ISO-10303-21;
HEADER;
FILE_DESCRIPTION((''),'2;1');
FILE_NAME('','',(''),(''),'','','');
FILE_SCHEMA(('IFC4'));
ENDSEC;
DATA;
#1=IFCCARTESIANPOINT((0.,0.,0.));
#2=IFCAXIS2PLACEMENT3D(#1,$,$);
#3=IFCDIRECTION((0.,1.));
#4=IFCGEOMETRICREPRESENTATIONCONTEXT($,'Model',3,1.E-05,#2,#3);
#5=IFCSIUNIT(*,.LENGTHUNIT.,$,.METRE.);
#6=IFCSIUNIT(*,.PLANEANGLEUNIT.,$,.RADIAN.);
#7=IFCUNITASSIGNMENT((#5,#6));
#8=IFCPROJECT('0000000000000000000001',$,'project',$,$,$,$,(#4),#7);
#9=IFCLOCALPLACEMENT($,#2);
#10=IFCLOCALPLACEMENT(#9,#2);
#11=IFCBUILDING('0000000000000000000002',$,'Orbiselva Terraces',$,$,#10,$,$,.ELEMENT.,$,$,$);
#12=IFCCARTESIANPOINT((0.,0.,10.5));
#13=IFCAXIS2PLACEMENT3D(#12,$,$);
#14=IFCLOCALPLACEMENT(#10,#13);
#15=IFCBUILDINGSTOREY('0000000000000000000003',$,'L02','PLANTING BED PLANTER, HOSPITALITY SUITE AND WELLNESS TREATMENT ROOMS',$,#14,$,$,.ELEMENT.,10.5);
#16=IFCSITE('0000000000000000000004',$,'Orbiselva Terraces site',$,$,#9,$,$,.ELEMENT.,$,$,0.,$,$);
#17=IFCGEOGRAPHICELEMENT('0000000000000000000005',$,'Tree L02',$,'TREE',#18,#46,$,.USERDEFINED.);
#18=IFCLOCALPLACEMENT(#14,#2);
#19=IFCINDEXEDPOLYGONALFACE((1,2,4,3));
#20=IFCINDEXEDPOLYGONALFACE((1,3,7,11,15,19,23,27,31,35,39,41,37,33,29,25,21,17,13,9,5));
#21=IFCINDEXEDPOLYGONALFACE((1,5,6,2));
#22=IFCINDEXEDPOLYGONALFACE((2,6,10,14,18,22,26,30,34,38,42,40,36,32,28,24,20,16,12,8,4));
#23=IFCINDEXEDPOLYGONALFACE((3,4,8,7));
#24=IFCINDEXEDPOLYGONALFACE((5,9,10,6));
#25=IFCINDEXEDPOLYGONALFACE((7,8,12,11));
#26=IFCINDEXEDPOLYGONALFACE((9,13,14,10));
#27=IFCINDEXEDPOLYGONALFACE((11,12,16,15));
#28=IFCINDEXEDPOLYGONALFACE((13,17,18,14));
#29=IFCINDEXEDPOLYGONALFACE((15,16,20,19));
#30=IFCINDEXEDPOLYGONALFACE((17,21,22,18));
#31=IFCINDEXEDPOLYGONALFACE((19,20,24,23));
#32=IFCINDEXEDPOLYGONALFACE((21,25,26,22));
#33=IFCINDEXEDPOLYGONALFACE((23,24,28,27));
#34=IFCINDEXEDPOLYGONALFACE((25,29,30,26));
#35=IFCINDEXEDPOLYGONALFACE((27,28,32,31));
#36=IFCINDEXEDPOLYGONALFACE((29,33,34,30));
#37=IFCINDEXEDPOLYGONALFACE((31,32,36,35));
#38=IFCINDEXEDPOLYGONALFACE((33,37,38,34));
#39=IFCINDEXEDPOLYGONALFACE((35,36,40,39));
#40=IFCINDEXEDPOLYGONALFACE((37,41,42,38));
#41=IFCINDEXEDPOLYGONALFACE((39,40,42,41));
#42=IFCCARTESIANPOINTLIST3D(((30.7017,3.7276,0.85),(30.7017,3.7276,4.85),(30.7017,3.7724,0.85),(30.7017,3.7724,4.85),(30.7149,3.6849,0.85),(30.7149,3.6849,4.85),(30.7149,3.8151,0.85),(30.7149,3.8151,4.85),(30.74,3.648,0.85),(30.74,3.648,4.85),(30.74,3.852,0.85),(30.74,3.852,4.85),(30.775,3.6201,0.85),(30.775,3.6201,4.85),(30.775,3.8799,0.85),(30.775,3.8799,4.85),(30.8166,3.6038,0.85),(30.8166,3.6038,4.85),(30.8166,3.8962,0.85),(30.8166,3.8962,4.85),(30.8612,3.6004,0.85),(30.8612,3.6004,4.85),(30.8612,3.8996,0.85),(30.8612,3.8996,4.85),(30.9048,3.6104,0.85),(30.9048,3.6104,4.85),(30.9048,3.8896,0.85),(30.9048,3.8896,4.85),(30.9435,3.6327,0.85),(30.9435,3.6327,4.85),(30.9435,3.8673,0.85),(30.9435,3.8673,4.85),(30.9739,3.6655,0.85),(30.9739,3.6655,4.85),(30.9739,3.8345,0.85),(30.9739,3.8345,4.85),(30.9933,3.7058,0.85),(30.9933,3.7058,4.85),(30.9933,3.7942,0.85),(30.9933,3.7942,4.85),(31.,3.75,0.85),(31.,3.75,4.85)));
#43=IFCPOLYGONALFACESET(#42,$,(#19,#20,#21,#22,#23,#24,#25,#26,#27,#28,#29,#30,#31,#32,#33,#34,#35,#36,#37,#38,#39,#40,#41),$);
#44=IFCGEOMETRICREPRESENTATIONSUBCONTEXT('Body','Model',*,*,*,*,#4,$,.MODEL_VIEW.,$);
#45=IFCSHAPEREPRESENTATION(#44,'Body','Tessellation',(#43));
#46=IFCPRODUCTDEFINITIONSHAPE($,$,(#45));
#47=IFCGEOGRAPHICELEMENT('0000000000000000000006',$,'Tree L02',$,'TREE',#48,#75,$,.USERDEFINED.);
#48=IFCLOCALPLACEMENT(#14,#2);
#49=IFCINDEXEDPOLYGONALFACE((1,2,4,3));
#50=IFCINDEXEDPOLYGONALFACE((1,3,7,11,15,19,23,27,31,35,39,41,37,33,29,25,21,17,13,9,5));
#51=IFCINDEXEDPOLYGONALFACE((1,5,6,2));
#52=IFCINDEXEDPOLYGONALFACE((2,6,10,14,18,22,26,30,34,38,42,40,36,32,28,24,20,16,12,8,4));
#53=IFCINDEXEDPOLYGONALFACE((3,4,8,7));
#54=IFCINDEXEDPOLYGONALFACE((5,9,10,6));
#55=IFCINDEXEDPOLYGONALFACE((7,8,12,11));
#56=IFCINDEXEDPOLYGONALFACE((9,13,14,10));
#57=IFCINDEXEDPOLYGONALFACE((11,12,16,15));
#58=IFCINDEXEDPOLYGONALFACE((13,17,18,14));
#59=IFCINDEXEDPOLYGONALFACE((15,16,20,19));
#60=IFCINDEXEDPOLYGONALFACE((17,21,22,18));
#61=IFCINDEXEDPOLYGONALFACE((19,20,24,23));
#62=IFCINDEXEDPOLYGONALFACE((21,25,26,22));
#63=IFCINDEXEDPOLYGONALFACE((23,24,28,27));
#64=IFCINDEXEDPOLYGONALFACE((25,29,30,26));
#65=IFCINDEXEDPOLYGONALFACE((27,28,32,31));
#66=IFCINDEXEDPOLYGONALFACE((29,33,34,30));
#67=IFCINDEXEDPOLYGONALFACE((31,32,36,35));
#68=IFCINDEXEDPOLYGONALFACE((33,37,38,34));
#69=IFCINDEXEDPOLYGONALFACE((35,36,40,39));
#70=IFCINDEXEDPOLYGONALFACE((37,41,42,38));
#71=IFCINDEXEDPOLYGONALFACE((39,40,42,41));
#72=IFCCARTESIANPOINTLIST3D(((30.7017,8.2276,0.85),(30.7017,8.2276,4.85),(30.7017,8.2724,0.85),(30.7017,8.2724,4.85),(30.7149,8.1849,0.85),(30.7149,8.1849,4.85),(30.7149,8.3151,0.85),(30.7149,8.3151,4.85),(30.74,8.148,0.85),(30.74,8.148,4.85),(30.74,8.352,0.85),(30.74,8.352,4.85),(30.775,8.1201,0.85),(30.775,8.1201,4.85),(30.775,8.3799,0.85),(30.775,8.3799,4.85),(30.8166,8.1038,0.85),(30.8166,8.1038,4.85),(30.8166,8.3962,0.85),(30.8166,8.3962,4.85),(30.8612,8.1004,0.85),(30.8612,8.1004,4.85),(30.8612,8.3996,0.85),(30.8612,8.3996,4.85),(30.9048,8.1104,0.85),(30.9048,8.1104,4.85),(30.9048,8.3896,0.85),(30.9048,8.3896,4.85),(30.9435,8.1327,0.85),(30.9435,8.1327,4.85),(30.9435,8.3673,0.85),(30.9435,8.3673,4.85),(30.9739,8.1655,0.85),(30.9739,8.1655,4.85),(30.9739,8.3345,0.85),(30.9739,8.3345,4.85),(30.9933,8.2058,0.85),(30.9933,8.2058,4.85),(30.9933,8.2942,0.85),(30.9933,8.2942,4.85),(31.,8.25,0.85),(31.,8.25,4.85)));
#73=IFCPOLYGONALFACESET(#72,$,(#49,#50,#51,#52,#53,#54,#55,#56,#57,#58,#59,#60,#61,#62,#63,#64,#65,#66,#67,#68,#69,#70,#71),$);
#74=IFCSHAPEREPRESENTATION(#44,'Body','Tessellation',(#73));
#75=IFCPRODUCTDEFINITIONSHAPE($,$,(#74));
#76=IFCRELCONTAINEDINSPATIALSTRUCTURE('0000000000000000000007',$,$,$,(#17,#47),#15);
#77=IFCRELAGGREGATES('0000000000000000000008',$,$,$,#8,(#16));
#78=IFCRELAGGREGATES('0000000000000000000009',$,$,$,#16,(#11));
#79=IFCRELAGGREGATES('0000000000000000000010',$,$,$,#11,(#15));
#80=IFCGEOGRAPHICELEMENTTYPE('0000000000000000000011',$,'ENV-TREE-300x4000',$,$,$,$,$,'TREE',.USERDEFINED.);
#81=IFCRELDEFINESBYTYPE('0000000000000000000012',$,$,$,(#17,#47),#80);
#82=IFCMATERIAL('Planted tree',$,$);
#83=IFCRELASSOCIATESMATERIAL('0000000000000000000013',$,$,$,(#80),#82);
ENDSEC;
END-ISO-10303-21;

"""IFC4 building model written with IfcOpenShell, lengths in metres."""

from ifc_helpers import new_model, si_unit, direction, frame, origin, origin_2d, place, context, subcontext, project, spatial, circle, extrude, material, type_object, element, save


model = new_model("IFC4")

# Units and contexts
model_context = context("Model", 3, precision=1e-05, world=origin(), true_north=direction((0.0, 1.0)))
body_context = subcontext(model_context, "Body", "Model", "MODEL_VIEW")
ifc_project = project(units=[si_unit("LENGTHUNIT", "METRE"), si_unit("PLANEANGLEUNIT", "RADIAN")], contexts=[model_context])

# Site, building, storey
site_placement = place(None, origin())
site = spatial("IfcSite", under=ifc_project, at=site_placement, Name="Orbiselva Terraces site", CompositionType="ELEMENT", RefElevation=0.0)
building_placement = place(site_placement, origin())
building = spatial("IfcBuilding", under=site, at=building_placement, Name="Orbiselva Terraces", CompositionType="ELEMENT")
storey_placement = place(building_placement, frame((0.0, 0.0, 10.5)))
storey = spatial("IfcBuildingStorey", under=building, at=storey_placement, Name="L02", Description="PLANTING BED PLANTER, HOSPITALITY SUITE AND WELLNESS TREATMENT ROOMS", CompositionType="ELEMENT", Elevation=10.5)

# Geographic elements
ifc_material_1 = material(Name="Planted tree")
geographic_element_type = type_object("IfcGeographicElementType", Name="ENV-TREE-300x4000", ElementType="TREE", PredefinedType="USERDEFINED", material=ifc_material_1)
for number, where, z_axis, x_axis, name in (
    (1, (30.85, 3.75, 4.85), (0.0, 0.0, -1.0), (1.0, 0.0, 0.0), "Tree L02"),
    (2, (30.85, 8.25, 4.85), (0.0, 0.0, -1.0), (1.0, 0.0, 0.0), "Tree L02"),
):
    element("IfcGeographicElement", number, at=place(storey_placement, frame(where, z_axis=z_axis, x_axis=x_axis)), inside=storey, type_object=geographic_element_type, Name=name, ObjectType="TREE", PredefinedType="USERDEFINED", context=body_context, shape_type="SweptSolid", body=[
        extrude(circle(Radius=0.15, at=origin_2d()), origin(), (0.0, 0.0, 1.0), 4.0),
    ])

save(model, "model.ifc")
